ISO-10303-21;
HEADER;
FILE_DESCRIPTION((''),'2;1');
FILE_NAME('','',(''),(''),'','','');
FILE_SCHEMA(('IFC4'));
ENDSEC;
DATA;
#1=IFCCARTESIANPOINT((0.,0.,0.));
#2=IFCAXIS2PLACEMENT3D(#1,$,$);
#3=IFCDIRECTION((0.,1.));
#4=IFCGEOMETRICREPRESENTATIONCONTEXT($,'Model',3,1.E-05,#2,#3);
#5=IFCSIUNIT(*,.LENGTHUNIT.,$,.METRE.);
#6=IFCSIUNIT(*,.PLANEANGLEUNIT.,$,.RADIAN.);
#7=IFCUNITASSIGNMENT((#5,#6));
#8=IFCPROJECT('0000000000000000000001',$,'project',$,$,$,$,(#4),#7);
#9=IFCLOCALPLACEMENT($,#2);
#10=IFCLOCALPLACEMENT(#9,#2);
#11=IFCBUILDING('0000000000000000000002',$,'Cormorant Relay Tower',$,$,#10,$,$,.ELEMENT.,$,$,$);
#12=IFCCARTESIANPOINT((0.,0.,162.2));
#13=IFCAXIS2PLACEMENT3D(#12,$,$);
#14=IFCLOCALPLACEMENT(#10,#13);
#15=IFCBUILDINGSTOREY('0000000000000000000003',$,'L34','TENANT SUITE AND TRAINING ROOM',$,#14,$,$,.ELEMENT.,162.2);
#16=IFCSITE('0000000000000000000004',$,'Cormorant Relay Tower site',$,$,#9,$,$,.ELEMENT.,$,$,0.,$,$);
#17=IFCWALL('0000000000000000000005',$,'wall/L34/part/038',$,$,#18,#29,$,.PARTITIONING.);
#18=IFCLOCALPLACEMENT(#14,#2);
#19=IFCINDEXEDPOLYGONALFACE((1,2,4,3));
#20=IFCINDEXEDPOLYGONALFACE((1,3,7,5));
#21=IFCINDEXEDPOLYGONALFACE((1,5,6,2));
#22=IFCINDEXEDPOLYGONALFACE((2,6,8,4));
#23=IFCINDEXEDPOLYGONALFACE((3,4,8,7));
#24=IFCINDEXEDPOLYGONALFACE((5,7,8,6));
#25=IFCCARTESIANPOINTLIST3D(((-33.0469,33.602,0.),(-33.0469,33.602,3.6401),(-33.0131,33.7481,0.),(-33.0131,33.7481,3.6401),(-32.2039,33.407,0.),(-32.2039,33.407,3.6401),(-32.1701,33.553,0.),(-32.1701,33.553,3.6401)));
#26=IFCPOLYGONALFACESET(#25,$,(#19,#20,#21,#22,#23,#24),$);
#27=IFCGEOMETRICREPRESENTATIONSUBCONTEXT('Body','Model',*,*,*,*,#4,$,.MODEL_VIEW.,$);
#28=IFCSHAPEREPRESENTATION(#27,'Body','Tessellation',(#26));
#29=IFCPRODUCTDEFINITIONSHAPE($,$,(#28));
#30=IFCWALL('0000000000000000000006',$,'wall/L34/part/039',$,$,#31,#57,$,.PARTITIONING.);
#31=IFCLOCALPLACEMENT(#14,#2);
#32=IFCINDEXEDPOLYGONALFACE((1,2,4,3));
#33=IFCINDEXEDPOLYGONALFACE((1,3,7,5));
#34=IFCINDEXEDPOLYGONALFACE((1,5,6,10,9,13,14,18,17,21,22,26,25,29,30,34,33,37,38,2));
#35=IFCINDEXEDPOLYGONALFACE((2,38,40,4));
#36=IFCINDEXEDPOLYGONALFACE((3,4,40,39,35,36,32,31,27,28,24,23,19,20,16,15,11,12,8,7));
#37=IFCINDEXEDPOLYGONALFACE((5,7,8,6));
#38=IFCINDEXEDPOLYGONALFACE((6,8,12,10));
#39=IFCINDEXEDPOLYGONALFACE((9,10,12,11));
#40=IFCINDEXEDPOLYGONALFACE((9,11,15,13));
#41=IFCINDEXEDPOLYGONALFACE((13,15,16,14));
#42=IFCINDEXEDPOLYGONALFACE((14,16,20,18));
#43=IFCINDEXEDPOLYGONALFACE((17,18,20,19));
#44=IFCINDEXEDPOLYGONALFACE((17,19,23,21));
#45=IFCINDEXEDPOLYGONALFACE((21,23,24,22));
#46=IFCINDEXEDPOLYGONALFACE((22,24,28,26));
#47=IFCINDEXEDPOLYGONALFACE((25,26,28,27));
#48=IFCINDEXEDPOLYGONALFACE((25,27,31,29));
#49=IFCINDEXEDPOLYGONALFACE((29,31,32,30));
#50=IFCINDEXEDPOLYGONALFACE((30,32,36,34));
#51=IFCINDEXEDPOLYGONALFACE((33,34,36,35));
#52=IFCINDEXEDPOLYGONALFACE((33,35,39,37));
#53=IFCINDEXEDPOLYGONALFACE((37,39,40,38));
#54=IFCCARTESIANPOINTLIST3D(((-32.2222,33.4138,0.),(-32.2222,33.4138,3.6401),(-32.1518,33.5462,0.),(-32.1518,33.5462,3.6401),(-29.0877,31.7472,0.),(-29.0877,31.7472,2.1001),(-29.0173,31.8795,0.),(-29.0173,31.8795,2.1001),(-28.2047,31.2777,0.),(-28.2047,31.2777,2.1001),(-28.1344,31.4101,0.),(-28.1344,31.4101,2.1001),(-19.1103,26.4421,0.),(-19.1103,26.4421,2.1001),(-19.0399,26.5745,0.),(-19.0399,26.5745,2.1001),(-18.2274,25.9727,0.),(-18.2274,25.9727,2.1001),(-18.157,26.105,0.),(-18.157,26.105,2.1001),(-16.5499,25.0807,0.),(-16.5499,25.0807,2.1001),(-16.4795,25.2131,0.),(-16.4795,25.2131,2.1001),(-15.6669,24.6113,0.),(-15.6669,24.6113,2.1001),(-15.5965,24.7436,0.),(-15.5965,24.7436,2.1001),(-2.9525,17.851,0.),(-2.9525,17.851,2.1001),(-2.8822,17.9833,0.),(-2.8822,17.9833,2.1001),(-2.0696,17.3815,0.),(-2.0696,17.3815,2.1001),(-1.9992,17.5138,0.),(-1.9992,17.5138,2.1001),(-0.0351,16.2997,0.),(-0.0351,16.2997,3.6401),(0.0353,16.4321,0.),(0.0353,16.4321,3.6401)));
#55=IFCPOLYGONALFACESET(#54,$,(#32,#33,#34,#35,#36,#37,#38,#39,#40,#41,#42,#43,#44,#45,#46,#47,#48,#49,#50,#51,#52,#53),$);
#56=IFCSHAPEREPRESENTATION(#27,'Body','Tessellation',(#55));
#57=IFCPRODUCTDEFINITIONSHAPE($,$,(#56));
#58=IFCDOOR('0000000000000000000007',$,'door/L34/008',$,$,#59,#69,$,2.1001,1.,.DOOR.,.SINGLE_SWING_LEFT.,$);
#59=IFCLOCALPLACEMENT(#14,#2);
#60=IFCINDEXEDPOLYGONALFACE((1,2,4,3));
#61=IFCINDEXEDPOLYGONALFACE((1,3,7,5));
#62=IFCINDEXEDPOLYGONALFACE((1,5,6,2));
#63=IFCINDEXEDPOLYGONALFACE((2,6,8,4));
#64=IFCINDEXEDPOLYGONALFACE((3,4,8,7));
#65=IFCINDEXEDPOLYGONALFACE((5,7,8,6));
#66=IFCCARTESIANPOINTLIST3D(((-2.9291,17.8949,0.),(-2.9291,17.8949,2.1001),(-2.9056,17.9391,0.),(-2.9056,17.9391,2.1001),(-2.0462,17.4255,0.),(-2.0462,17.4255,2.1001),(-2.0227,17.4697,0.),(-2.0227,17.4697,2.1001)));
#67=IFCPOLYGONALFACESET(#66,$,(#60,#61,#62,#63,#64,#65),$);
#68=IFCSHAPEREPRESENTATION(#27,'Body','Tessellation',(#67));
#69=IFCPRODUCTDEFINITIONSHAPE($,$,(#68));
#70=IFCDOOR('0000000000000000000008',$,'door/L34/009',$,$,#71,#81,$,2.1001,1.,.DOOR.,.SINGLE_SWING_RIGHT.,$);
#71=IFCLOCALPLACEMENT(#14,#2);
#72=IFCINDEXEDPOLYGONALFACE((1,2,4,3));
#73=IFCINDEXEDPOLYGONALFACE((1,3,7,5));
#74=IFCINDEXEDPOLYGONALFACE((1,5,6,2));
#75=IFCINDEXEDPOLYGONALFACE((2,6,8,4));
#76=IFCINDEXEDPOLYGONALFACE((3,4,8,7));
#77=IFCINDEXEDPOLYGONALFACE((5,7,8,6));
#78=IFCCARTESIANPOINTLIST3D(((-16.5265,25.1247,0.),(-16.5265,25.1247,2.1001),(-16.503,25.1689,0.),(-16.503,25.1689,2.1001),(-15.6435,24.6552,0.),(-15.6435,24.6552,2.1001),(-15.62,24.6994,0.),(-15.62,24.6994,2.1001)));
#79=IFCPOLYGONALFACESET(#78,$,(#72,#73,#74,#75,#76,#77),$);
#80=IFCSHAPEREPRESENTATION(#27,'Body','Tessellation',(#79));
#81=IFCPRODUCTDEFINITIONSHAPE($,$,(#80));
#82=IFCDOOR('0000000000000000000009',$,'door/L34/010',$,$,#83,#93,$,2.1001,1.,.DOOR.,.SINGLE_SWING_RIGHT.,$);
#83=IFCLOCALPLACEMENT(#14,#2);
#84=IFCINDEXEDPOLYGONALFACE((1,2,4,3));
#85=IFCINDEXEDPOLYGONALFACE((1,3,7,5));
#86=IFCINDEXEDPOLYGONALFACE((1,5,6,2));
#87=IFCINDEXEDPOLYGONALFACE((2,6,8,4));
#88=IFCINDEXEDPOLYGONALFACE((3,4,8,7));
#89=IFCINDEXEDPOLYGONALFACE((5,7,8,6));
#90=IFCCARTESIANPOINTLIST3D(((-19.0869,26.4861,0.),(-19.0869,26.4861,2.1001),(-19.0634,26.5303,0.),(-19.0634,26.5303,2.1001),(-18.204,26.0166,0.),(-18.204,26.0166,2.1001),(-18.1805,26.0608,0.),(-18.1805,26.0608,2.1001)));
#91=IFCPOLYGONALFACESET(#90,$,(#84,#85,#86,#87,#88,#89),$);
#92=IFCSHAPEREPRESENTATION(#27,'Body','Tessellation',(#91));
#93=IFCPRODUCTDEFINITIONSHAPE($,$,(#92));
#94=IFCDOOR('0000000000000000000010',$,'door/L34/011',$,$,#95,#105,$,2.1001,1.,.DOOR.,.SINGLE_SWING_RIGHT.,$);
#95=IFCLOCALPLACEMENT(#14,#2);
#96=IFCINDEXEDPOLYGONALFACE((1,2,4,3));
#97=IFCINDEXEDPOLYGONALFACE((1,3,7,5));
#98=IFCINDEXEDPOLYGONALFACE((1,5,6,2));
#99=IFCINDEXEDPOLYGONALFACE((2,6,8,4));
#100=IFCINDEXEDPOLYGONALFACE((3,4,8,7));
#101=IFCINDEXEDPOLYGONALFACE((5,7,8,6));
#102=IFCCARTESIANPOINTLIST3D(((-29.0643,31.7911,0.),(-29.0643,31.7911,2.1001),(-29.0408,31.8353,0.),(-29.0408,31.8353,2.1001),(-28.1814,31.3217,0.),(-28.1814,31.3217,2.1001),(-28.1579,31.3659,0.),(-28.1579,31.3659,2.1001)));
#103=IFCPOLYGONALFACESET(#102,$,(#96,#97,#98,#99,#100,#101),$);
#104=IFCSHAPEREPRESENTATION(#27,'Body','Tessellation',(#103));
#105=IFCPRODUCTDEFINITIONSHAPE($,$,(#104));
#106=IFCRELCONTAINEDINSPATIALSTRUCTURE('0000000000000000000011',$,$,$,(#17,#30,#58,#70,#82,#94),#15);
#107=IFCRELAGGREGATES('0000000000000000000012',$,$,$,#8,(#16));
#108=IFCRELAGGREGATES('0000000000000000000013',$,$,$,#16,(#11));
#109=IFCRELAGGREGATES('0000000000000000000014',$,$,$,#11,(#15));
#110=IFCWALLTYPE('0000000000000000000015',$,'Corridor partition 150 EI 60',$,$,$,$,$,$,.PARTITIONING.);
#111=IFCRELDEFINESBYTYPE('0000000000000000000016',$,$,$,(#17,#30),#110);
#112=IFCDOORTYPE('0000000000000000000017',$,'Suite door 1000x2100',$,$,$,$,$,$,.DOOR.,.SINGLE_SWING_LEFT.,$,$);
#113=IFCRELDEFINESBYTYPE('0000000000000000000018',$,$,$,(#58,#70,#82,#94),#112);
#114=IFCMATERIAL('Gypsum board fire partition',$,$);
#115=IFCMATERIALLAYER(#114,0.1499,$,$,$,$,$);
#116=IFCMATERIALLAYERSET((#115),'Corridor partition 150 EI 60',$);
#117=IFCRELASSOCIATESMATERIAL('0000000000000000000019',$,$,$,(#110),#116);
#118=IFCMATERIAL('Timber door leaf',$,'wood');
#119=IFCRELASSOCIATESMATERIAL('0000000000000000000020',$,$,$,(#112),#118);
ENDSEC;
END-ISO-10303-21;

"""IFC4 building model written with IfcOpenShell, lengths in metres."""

from ifc_helpers import new_model, si_unit, direction, frame, frame_2d, origin, place, context, subcontext, project, spatial, rectangle, extrude, material, layer, layer_set, type_object, element, fill, save


model = new_model("IFC4")

# Units and contexts
model_context = context("Model", 3, precision=1e-05, world=origin(), true_north=direction((0.0, 1.0)))
body_context = subcontext(model_context, "Body", "Model", "MODEL_VIEW")
ifc_project = project(units=[si_unit("LENGTHUNIT", "METRE"), si_unit("PLANEANGLEUNIT", "RADIAN")], contexts=[model_context])

# Site, building, storey
site_placement = place(None, origin())
site = spatial("IfcSite", under=ifc_project, at=site_placement, Name="Cormorant Relay Tower site", CompositionType="ELEMENT", RefElevation=0.0)
building_placement = place(site_placement, origin())
building = spatial("IfcBuilding", under=site, at=building_placement, Name="Cormorant Relay Tower", CompositionType="ELEMENT")
storey_placement = place(building_placement, frame((0.0, 0.0, 162.2)))
storey = spatial("IfcBuildingStorey", under=building, at=storey_placement, Name="L34", Description="TENANT SUITE AND TRAINING ROOM", CompositionType="ELEMENT", Elevation=162.2)

# Shared definitions
ifc_material_1 = material(Name="Gypsum board fire partition")
ifc_layer_1 = layer(ifc_material_1, 0.1499)
ifc_layer_set_1 = layer_set([ifc_layer_1], Name="Corridor partition 150 EI 60")
wall_type_1 = type_object("IfcWallType", Name="Corridor partition 150 EI 60", PredefinedType="PARTITIONING", material=ifc_layer_set_1)

# Shared definitions
ifc_material_2 = material(Name="Timber door leaf", Category="wood")
door_type_1 = type_object("IfcDoorType", Name="Suite door 1000x2100", OperationType="SINGLE_SWING_LEFT", PredefinedType="DOOR", material=ifc_material_2)

# Wall
wall_1_placement = place(storey_placement, frame((-32.187, 33.48, 0.0), z_axis=(0.0, 0.0, 1.0), x_axis=(-0.974258, 0.225436, 0.0)))
element("IfcWall", 1, at=wall_1_placement, inside=storey, type_object=wall_type_1, Name="wall/L34/part/038", PredefinedType="PARTITIONING", context=body_context, shape_type="SweptSolid", body=[
    extrude(rectangle(XDim=0.8652, YDim=0.1499, at=frame_2d((0.4326, 0.0))), origin(), (0.0, 0.0, 1.0), 3.6401),
])

# Wall, openings, doors
wall_2_placement = place(storey_placement, frame((-32.187, 33.48, 0.0), z_axis=(0.0, 0.0, 1.0), x_axis=(0.882949, -0.469469, 0.0)))
wall_2 = element("IfcWall", 2, at=wall_2_placement, inside=storey, type_object=wall_type_1, Name="wall/L34/part/039", PredefinedType="PARTITIONING", context=body_context, shape_type="SweptSolid", body=[
    extrude(rectangle(XDim=36.4541, YDim=0.1499, at=frame_2d((18.2271, 0.0))), origin(), (0.0, 0.0, 1.0), 3.6401),
])
opening_1_placement = place(wall_2_placement, frame((33.1499, 0.0, 0.0)))
opening_1 = element("IfcOpeningElement", 3, at=opening_1_placement, cuts=wall_2, PredefinedType="OPENING", context=body_context, shape_type="SweptSolid", body=[
    extrude(rectangle(XDim=1.0, YDim=2.1001, at=frame_2d((0.5, 1.05))), frame((0.0, 0.085, 0.0), z_axis=(0.0, -1.0, 0.0), x_axis=(1.0, 0.0, 0.0)), (0.0, 0.0, 1.0), 0.1699),
])
opening_2_placement = place(wall_2_placement, frame((17.75, 0.0, 0.0)))
opening_2 = element("IfcOpeningElement", 4, at=opening_2_placement, cuts=wall_2, PredefinedType="OPENING", context=body_context, shape_type="SweptSolid", body=[
    extrude(rectangle(XDim=1.0, YDim=2.1001, at=frame_2d((0.5, 1.05))), frame((0.0, 0.085, 0.0), z_axis=(0.0, -1.0, 0.0), x_axis=(1.0, 0.0, 0.0)), (0.0, 0.0, 1.0), 0.1699),
])
opening_3_placement = place(wall_2_placement, frame((14.8501, 0.0, 0.0)))
opening_3 = element("IfcOpeningElement", 5, at=opening_3_placement, cuts=wall_2, PredefinedType="OPENING", context=body_context, shape_type="SweptSolid", body=[
    extrude(rectangle(XDim=1.0, YDim=2.1001, at=frame_2d((0.5, 1.05))), frame((0.0, 0.085, 0.0), z_axis=(0.0, -1.0, 0.0), x_axis=(1.0, 0.0, 0.0)), (0.0, 0.0, 1.0), 0.1699),
])
opening_4_placement = place(wall_2_placement, frame((3.55, 0.0, 0.0)))
opening_4 = element("IfcOpeningElement", 6, at=opening_4_placement, cuts=wall_2, PredefinedType="OPENING", context=body_context, shape_type="SweptSolid", body=[
    extrude(rectangle(XDim=1.0, YDim=2.1001, at=frame_2d((0.5, 1.05))), frame((0.0, 0.085, 0.0), z_axis=(0.0, -1.0, 0.0), x_axis=(1.0, 0.0, 0.0)), (0.0, 0.0, 1.0), 0.1699),
])
door_1_placement = place(opening_1_placement, origin())
door_1 = element("IfcDoor", 7, at=door_1_placement, inside=storey, type_object=door_type_1, Name="door/L34/008", OperationType="SINGLE_SWING_LEFT", OverallHeight=2.1001, OverallWidth=1.0, PredefinedType="DOOR", context=body_context, shape_type="SweptSolid", body=[
    extrude(rectangle(XDim=1.0, YDim=2.1001, at=frame_2d((0.5, 1.05))), frame((0.0, 0.0249, 0.0), z_axis=(0.0, -1.0, 0.0), x_axis=(1.0, 0.0, 0.0)), (0.0, 0.0, 1.0), 0.05),
])
fill(opening_1, door_1)
door_2_placement = place(opening_2_placement, origin())
door_2 = element("IfcDoor", 8, at=door_2_placement, inside=storey, type_object=door_type_1, Name="door/L34/009", OperationType="SINGLE_SWING_RIGHT", OverallHeight=2.1001, OverallWidth=1.0, PredefinedType="DOOR", context=body_context, shape_type="SweptSolid", body=[
    extrude(rectangle(XDim=1.0, YDim=2.1001, at=frame_2d((0.5, 1.05))), frame((0.0, 0.0249, 0.0), z_axis=(0.0, -1.0, 0.0), x_axis=(1.0, 0.0, 0.0)), (0.0, 0.0, 1.0), 0.05),
])
fill(opening_2, door_2)
door_3_placement = place(opening_3_placement, origin())
door_3 = element("IfcDoor", 9, at=door_3_placement, inside=storey, type_object=door_type_1, Name="door/L34/010", OperationType="SINGLE_SWING_RIGHT", OverallHeight=2.1001, OverallWidth=1.0, PredefinedType="DOOR", context=body_context, shape_type="SweptSolid", body=[
    extrude(rectangle(XDim=1.0, YDim=2.1001, at=frame_2d((0.5, 1.05))), frame((0.0, 0.0249, 0.0), z_axis=(0.0, -1.0, 0.0), x_axis=(1.0, 0.0, 0.0)), (0.0, 0.0, 1.0), 0.05),
])
fill(opening_3, door_3)
door_4_placement = place(opening_4_placement, origin())
door_4 = element("IfcDoor", 10, at=door_4_placement, inside=storey, type_object=door_type_1, Name="door/L34/011", OperationType="SINGLE_SWING_RIGHT", OverallHeight=2.1001, OverallWidth=1.0, PredefinedType="DOOR", context=body_context, shape_type="SweptSolid", body=[
    extrude(rectangle(XDim=1.0, YDim=2.1001, at=frame_2d((0.5, 1.05))), frame((0.0, 0.0249, 0.0), z_axis=(0.0, -1.0, 0.0), x_axis=(1.0, 0.0, 0.0)), (0.0, 0.0, 1.0), 0.05),
])
fill(opening_4, door_4)

save(model, "model.ifc")
